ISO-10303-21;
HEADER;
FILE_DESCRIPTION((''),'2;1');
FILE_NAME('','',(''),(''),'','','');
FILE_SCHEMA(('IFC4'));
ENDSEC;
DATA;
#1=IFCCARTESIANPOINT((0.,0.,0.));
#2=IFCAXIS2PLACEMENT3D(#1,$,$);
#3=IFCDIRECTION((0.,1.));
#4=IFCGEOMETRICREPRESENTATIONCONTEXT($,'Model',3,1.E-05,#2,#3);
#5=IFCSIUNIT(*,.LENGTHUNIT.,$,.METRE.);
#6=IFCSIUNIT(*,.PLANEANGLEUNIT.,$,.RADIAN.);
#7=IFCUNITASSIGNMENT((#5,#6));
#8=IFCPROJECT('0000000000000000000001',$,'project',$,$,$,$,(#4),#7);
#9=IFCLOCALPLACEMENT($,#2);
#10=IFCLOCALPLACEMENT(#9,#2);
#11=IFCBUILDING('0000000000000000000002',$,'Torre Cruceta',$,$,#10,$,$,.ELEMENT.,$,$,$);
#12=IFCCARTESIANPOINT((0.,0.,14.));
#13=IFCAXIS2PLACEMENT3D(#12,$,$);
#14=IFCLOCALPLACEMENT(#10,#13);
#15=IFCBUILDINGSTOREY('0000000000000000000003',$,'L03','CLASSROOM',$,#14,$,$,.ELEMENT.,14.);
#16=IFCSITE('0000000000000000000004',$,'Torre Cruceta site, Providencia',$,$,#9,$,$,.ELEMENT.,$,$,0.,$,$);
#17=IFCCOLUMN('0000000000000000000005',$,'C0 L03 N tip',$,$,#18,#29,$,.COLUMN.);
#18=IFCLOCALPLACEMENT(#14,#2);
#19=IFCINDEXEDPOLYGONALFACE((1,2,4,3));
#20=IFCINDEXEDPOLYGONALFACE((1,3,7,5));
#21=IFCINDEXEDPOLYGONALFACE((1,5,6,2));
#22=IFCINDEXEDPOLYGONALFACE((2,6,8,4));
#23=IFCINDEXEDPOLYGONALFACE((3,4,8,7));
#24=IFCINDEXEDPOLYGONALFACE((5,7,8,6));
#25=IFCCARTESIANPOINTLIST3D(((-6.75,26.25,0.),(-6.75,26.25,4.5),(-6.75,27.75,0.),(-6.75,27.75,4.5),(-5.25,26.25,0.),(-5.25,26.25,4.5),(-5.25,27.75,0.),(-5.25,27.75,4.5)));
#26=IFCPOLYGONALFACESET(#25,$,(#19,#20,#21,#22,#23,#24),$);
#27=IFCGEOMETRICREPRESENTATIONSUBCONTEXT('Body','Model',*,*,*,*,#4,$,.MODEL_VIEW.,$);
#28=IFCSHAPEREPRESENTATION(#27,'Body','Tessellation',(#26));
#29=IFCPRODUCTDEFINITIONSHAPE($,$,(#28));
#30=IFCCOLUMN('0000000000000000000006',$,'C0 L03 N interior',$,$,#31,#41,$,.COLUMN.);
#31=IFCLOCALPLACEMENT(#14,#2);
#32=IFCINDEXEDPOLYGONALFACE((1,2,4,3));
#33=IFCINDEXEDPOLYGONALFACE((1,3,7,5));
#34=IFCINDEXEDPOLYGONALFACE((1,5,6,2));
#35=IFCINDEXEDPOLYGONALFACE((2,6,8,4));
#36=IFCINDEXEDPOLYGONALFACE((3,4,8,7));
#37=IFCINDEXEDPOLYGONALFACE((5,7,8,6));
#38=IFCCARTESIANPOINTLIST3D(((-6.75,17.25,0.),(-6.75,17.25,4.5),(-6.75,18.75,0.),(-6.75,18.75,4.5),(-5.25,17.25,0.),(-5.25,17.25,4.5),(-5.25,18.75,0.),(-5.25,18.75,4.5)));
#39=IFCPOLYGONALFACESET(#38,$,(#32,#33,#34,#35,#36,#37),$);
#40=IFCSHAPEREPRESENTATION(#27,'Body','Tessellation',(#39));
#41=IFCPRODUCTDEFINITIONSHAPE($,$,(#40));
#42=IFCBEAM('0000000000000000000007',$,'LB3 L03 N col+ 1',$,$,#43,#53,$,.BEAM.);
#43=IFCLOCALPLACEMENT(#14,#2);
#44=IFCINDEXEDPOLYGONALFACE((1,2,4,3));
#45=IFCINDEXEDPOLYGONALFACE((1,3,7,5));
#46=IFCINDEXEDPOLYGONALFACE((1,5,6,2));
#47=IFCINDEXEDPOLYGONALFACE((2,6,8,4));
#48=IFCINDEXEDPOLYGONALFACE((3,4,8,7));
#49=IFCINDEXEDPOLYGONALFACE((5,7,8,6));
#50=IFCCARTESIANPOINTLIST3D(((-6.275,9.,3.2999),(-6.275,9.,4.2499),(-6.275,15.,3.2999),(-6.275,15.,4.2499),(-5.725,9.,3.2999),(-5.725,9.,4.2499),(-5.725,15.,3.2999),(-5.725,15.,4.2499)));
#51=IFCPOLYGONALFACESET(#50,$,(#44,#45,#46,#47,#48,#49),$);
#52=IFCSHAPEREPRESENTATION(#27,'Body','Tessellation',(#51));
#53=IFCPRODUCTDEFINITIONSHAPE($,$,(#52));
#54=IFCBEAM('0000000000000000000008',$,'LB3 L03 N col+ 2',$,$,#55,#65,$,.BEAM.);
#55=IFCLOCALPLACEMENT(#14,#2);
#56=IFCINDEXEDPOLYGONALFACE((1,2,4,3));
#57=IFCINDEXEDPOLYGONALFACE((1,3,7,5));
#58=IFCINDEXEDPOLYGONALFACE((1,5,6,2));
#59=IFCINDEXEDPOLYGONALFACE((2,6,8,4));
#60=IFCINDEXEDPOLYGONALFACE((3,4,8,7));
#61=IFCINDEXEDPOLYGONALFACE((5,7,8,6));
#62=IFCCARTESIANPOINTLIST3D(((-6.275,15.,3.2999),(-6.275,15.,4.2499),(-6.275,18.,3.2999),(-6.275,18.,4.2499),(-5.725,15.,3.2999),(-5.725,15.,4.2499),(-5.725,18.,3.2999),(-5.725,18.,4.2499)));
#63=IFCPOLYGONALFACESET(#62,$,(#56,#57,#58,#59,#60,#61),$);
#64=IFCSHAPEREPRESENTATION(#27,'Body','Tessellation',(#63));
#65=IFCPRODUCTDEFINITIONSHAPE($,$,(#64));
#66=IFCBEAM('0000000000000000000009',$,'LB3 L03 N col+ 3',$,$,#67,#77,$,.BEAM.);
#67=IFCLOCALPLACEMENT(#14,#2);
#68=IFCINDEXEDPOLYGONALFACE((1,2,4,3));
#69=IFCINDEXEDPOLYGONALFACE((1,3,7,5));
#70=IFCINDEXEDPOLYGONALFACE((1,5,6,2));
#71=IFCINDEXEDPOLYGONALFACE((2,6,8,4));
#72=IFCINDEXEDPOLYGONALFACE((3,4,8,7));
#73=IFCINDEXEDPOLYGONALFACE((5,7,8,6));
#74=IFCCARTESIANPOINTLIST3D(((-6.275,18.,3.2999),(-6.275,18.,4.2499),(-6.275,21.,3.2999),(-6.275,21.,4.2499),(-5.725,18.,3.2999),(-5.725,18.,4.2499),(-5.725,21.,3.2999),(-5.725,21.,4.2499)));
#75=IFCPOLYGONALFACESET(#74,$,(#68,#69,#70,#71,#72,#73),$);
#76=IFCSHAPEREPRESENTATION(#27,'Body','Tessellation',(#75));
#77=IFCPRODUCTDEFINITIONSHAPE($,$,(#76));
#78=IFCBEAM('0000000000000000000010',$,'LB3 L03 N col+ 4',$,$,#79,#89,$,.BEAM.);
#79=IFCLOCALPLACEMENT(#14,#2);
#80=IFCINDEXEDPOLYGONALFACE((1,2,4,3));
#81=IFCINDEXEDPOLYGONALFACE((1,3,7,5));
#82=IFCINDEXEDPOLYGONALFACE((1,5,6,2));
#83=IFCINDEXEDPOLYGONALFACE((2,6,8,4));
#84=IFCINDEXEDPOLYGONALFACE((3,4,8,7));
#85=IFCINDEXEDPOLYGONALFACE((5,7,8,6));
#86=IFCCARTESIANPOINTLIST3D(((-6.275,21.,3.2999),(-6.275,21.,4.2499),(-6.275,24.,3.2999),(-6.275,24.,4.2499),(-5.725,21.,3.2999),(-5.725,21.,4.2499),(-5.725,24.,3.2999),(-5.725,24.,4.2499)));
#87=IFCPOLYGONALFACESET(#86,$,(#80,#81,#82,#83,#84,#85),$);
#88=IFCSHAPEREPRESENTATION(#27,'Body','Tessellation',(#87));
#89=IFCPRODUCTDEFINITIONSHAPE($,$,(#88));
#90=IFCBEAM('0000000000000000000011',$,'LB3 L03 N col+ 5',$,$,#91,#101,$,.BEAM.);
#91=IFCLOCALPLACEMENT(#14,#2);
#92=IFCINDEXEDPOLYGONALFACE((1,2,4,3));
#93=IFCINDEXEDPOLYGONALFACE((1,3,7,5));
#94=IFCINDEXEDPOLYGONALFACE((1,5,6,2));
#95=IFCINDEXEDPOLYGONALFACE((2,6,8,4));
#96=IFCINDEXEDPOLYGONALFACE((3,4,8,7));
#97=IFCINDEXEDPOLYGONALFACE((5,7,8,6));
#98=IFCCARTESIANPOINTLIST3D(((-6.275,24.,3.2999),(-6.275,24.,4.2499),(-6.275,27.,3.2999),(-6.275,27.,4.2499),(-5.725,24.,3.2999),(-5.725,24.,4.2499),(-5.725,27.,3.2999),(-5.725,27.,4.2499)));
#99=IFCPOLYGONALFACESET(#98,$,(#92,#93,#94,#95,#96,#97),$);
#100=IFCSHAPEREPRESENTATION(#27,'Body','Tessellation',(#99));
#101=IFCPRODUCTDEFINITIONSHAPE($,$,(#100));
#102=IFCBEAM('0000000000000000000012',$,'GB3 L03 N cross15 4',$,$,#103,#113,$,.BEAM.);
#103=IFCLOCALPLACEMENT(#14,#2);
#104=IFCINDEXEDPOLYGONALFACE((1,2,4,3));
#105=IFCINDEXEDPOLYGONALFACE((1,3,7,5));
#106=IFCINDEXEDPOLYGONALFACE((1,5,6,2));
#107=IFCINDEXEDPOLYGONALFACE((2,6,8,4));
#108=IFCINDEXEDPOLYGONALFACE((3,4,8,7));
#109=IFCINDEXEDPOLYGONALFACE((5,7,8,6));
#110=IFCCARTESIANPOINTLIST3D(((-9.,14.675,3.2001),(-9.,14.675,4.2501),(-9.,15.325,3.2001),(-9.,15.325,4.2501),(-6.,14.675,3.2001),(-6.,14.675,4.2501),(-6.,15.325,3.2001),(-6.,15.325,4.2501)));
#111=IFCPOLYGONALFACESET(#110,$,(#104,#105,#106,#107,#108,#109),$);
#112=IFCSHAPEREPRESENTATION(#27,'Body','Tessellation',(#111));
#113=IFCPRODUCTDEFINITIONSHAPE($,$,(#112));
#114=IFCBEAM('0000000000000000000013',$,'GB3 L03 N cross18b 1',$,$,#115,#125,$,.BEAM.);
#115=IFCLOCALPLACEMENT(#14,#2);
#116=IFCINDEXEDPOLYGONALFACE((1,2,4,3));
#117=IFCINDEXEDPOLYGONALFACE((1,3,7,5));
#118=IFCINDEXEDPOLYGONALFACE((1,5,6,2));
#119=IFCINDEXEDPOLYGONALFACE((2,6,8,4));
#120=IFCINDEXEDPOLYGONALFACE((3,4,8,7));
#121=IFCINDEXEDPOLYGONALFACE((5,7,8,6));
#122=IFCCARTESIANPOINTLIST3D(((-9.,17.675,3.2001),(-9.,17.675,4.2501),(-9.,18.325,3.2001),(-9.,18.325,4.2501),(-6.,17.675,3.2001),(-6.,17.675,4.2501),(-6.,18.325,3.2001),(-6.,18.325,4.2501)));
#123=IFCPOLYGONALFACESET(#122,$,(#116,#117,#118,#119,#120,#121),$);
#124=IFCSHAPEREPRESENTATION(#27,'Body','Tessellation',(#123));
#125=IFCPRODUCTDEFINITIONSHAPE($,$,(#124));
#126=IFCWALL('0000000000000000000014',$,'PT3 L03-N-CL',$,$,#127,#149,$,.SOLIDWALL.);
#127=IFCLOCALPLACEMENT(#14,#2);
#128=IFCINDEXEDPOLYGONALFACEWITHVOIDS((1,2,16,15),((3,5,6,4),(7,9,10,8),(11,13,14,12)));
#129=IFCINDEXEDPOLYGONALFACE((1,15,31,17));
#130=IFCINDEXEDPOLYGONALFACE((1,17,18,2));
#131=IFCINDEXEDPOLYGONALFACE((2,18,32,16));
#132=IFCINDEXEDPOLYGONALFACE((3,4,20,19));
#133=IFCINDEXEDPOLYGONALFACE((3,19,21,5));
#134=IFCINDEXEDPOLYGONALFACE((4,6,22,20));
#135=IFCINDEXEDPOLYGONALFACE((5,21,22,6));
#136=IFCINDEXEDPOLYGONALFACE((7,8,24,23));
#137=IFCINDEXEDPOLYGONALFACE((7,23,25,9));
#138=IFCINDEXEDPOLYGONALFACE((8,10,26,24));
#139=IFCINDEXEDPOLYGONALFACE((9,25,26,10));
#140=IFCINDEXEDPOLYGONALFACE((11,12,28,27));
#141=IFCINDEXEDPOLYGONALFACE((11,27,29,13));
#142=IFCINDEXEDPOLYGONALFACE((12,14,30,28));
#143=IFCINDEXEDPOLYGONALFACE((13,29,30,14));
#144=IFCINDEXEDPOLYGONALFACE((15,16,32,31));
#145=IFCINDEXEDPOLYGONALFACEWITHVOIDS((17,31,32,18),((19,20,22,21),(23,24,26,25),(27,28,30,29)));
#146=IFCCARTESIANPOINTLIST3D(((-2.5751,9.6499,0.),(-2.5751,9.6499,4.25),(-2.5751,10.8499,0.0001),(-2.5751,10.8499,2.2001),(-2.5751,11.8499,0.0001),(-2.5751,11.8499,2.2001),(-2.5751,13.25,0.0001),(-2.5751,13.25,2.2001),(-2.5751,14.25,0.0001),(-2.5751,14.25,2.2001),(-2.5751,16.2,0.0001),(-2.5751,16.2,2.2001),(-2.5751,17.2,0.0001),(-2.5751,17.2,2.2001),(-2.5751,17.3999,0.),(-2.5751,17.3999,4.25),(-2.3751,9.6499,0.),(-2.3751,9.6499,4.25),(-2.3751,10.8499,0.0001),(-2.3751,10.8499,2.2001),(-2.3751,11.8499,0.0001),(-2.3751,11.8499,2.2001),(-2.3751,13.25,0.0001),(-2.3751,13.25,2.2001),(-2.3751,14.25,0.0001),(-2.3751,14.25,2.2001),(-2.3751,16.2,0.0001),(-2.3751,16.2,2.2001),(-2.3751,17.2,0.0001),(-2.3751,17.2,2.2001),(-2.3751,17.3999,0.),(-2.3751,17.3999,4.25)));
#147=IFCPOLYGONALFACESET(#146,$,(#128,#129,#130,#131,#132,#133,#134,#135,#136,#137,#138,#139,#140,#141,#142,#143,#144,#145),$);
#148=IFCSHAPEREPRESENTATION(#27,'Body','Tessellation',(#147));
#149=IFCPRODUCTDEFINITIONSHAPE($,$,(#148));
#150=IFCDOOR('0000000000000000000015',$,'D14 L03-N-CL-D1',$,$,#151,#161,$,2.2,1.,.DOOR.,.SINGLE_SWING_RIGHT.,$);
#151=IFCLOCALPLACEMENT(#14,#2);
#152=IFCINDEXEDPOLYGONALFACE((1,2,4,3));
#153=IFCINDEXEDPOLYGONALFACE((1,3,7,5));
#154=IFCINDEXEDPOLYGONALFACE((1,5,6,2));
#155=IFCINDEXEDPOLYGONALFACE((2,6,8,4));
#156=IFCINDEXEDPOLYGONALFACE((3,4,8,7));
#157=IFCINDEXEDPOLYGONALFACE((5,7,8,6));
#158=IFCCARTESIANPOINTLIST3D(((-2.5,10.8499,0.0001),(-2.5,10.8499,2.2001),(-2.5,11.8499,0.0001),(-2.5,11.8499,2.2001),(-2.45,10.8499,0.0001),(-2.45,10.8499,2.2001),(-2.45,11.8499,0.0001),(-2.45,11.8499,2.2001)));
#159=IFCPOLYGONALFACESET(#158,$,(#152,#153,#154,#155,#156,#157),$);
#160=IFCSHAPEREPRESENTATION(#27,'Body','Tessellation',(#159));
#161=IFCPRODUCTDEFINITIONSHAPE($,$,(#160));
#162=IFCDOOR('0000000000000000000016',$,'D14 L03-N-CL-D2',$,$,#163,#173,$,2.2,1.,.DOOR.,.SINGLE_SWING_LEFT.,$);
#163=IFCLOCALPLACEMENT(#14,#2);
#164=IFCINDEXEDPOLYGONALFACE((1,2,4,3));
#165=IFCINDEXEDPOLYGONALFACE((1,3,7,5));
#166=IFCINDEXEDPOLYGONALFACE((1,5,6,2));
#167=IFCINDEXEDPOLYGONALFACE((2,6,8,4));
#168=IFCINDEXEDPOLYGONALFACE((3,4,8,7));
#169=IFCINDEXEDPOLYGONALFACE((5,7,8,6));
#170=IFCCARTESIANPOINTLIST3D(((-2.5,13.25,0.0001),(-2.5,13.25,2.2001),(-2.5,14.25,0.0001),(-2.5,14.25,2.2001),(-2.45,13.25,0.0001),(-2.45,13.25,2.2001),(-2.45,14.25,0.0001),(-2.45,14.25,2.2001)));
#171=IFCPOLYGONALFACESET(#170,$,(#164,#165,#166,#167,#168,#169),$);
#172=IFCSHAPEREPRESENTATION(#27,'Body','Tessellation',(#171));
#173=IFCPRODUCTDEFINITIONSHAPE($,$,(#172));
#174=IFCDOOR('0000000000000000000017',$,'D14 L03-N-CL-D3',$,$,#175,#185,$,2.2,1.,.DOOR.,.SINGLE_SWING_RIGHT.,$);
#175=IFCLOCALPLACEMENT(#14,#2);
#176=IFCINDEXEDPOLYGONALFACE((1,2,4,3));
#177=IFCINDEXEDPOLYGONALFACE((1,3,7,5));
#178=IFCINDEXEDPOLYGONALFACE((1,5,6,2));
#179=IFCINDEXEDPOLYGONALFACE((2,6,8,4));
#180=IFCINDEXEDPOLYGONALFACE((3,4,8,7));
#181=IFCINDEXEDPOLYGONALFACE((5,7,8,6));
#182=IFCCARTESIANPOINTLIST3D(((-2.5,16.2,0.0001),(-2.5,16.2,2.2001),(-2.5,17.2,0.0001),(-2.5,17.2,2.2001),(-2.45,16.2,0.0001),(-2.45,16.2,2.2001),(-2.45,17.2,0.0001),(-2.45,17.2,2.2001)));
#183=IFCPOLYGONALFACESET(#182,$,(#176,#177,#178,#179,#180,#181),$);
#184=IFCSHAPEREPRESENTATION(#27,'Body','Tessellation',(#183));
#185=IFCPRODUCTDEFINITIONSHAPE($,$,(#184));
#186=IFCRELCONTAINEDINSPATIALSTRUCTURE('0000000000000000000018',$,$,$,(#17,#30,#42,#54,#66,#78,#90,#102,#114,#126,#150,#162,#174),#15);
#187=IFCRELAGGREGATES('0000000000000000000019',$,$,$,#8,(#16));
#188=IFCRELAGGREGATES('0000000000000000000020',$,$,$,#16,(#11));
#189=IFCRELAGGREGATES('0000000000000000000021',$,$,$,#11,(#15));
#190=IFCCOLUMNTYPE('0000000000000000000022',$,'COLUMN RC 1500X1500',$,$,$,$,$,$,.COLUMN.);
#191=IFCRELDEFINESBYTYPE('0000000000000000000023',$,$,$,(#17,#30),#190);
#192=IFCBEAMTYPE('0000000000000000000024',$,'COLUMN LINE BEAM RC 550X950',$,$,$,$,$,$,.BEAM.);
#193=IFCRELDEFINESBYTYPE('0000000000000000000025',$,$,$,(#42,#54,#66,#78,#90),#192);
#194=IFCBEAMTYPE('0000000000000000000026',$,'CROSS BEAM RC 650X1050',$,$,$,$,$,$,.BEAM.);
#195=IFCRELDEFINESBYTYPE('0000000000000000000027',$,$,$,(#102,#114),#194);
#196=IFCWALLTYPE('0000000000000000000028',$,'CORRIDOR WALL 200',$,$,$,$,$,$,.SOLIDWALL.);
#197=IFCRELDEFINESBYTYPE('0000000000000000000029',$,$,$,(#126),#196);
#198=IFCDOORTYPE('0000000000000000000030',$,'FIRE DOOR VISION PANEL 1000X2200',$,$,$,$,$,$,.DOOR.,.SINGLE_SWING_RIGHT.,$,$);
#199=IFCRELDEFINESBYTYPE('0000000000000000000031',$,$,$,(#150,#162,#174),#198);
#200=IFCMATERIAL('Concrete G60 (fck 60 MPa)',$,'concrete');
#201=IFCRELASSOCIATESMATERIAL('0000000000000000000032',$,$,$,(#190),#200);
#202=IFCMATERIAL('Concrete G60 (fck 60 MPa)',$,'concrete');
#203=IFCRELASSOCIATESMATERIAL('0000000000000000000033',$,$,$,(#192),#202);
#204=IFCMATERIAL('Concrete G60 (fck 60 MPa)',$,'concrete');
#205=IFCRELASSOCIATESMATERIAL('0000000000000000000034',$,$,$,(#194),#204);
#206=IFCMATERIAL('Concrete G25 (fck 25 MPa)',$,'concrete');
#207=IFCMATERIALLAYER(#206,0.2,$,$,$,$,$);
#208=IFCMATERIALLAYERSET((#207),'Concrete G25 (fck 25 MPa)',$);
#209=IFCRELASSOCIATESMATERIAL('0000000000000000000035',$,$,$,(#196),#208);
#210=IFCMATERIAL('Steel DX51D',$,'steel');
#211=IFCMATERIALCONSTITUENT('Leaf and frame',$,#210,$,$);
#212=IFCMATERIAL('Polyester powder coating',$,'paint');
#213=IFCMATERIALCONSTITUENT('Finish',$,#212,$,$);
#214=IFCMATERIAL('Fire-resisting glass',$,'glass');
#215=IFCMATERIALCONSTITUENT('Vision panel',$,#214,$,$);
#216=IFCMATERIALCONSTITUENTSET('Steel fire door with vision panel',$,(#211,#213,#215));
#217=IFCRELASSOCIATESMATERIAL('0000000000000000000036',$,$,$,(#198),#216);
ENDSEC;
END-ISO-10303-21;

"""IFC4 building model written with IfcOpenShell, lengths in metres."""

from ifc_helpers import new_model, si_unit, direction, frame, frame_2d, origin, origin_2d, place, context, subcontext, project, spatial, rectangle, extrude, material, layer, layer_set, constituent, constituent_set, material_profile, profile_set, type_object, element, fill, save


model = new_model("IFC4")

# Units and contexts
model_context = context("Model", 3, precision=1e-05, world=origin(), true_north=direction((0.0, 1.0)))
body_context = subcontext(model_context, "Body", "Model", "MODEL_VIEW")
ifc_project = project(units=[si_unit("LENGTHUNIT", "METRE"), si_unit("PLANEANGLEUNIT", "RADIAN")], contexts=[model_context])

# Site, building, storey
site_placement = place(None, origin())
site = spatial("IfcSite", under=ifc_project, at=site_placement, Name="Torre Cruceta site, Providencia", CompositionType="ELEMENT", RefElevation=0.0)
building_placement = place(site_placement, origin())
building = spatial("IfcBuilding", under=site, at=building_placement, Name="Torre Cruceta", CompositionType="ELEMENT")
storey_placement = place(building_placement, frame((0.0, 0.0, 14.0)))
storey = spatial("IfcBuildingStorey", under=building, at=storey_placement, Name="L03", Description="CLASSROOM", CompositionType="ELEMENT", Elevation=14.0)

# Columns
ifc_material_1 = material(Name="Concrete G60 (fck 60 MPa)", Category="concrete")
ifc_material_profile_1 = material_profile(ifc_material_1, rectangle(XDim=1.5, YDim=1.5, at=origin_2d()), Name="RC 1500X1500")
ifc_profile_set_1 = profile_set([ifc_material_profile_1], Name="Concrete G60 (fck 60 MPa)")
column_type = type_object("IfcColumnType", Name="COLUMN RC 1500X1500", PredefinedType="COLUMN", material=ifc_profile_set_1)
for number, where, z_axis, x_axis, name in (
    (1, (-6.0, 27.0, 0.0), (0.0, 0.0, 1.0), (1.0, 0.0, 0.0), "C0 L03 N tip"),
    (2, (-6.0, 18.0, 0.0), (0.0, 0.0, 1.0), (1.0, 0.0, 0.0), "C0 L03 N interior"),
):
    element("IfcColumn", number, at=place(storey_placement, frame(where, z_axis=z_axis, x_axis=x_axis)), inside=storey, type_object=column_type, Name=name, PredefinedType="COLUMN", context=body_context, shape_type="SweptSolid", body=[
        extrude(rectangle(XDim=1.5, YDim=1.5, at=origin_2d()), origin(), (0.0, 0.0, 1.0), 4.5),
    ])

# Beams
ifc_material_2 = material(Name="Concrete G60 (fck 60 MPa)", Category="concrete")
ifc_material_profile_2 = material_profile(ifc_material_2, rectangle(XDim=0.55, YDim=0.95, at=origin_2d()), Name="RC 550X950")
ifc_profile_set_2 = profile_set([ifc_material_profile_2], Name="Concrete G60 (fck 60 MPa)")
beam_type_1 = type_object("IfcBeamType", Name="COLUMN LINE BEAM RC 550X950", PredefinedType="BEAM", material=ifc_profile_set_2)
beam_placement = place(storey_placement, frame((-6.0, 9.0, 3.7749), z_axis=(0.0, 1.0, 0.0), x_axis=(-1.0, 0.0, 0.0)))
element("IfcBeam", 3, at=beam_placement, inside=storey, type_object=beam_type_1, Name="LB3 L03 N col+ 1", PredefinedType="BEAM", context=body_context, shape_type="SweptSolid", body=[
    extrude(rectangle(XDim=0.55, YDim=0.95, at=origin_2d()), origin(), (0.0, 0.0, 1.0), 6.0),
])
for number, where, z_axis, x_axis, name in (
    (4, (-6.0, 15.0, 3.7749), (0.0, 1.0, 0.0), (-1.0, 0.0, 0.0), "LB3 L03 N col+ 2"),
    (5, (-6.0, 18.0, 3.7749), (0.0, 1.0, 0.0), (-1.0, 0.0, 0.0), "LB3 L03 N col+ 3"),
    (6, (-6.0, 21.0, 3.7749), (0.0, 1.0, 0.0), (-1.0, 0.0, 0.0), "LB3 L03 N col+ 4"),
    (7, (-6.0, 24.0, 3.7749), (0.0, 1.0, 0.0), (-1.0, 0.0, 0.0), "LB3 L03 N col+ 5"),
):
    element("IfcBeam", number, at=place(storey_placement, frame(where, z_axis=z_axis, x_axis=x_axis)), inside=storey, type_object=beam_type_1, Name=name, PredefinedType="BEAM", context=body_context, shape_type="SweptSolid", body=[
        extrude(rectangle(XDim=0.55, YDim=0.95, at=origin_2d()), origin(), (0.0, 0.0, 1.0), 3.0),
    ])
ifc_material_3 = material(Name="Concrete G60 (fck 60 MPa)", Category="concrete")
ifc_material_profile_3 = material_profile(ifc_material_3, rectangle(XDim=0.6499, YDim=1.05, at=origin_2d()), Name="RC 650X1050")
ifc_profile_set_3 = profile_set([ifc_material_profile_3], Name="Concrete G60 (fck 60 MPa)")
beam_type_2 = type_object("IfcBeamType", Name="CROSS BEAM RC 650X1050", PredefinedType="BEAM", material=ifc_profile_set_3)
for number, where, z_axis, x_axis, name in (
    (8, (-6.0, 15.0, 3.7251), (-1.0, 0.0, 0.0), (0.0, -1.0, 0.0), "GB3 L03 N cross15 4"),
    (9, (-6.0, 18.0, 3.7251), (-1.0, 0.0, 0.0), (0.0, -1.0, 0.0), "GB3 L03 N cross18b 1"),
):
    element("IfcBeam", number, at=place(storey_placement, frame(where, z_axis=z_axis, x_axis=x_axis)), inside=storey, type_object=beam_type_2, Name=name, PredefinedType="BEAM", context=body_context, shape_type="SweptSolid", body=[
        extrude(rectangle(XDim=0.6499, YDim=1.05, at=origin_2d()), origin(), (0.0, 0.0, 1.0), 3.0),
    ])

# Wall, openings, doors
ifc_material_4 = material(Name="Concrete G25 (fck 25 MPa)", Category="concrete")
ifc_layer_1 = layer(ifc_material_4, 0.2)
ifc_layer_set_1 = layer_set([ifc_layer_1], Name="Concrete G25 (fck 25 MPa)")
wall_type_1 = type_object("IfcWallType", Name="CORRIDOR WALL 200", PredefinedType="SOLIDWALL", material=ifc_layer_set_1)
wall_1_placement = place(storey_placement, frame((-2.4751, 9.6499, 0.0), z_axis=(0.0, 0.0, 1.0), x_axis=(0.0, 1.0, 0.0)))
wall_1 = element("IfcWall", 10, at=wall_1_placement, inside=storey, type_object=wall_type_1, Name="PT3 L03-N-CL", PredefinedType="SOLIDWALL", context=body_context, shape_type="SweptSolid", body=[
    extrude(rectangle(XDim=7.75, YDim=0.2, at=frame_2d((3.875, 0.0))), origin(), (0.0, 0.0, 1.0), 4.25),
])
opening_1_placement = place(wall_1_placement, frame((1.2, 0.0, 0.0)))
opening_1 = element("IfcOpeningElement", 11, at=opening_1_placement, cuts=wall_1, PredefinedType="OPENING", context=body_context, shape_type="SweptSolid", body=[
    extrude(rectangle(XDim=1.0, YDim=2.2, at=frame_2d((0.5, 1.1001))), frame((0.0, 0.1099, 0.0), z_axis=(0.0, -1.0, 0.0), x_axis=(1.0, 0.0, 0.0)), (0.0, 0.0, 1.0), 0.22),
])
opening_2_placement = place(wall_1_placement, frame((3.6001, 0.0, 0.0)))
opening_2 = element("IfcOpeningElement", 12, at=opening_2_placement, cuts=wall_1, PredefinedType="OPENING", context=body_context, shape_type="SweptSolid", body=[
    extrude(rectangle(XDim=1.0, YDim=2.2, at=frame_2d((0.5, 1.1001))), frame((0.0, 0.1099, 0.0), z_axis=(0.0, -1.0, 0.0), x_axis=(1.0, 0.0, 0.0)), (0.0, 0.0, 1.0), 0.22),
])
opening_3_placement = place(wall_1_placement, frame((6.55, 0.0, 0.0)))
opening_3 = element("IfcOpeningElement", 13, at=opening_3_placement, cuts=wall_1, PredefinedType="OPENING", context=body_context, shape_type="SweptSolid", body=[
    extrude(rectangle(XDim=1.0, YDim=2.2, at=frame_2d((0.5, 1.1001))), frame((0.0, 0.1099, 0.0), z_axis=(0.0, -1.0, 0.0), x_axis=(1.0, 0.0, 0.0)), (0.0, 0.0, 1.0), 0.22),
])
ifc_material_5 = material(Name="Steel DX51D", Category="steel")
ifc_constituent_1 = constituent(ifc_material_5, Name="Leaf and frame")
ifc_material_6 = material(Name="Polyester powder coating", Category="paint")
ifc_constituent_2 = constituent(ifc_material_6, Name="Finish")
ifc_material_7 = material(Name="Fire-resisting glass", Category="glass")
ifc_constituent_3 = constituent(ifc_material_7, Name="Vision panel")
ifc_constituent_set_1 = constituent_set(constituents=[ifc_constituent_1, ifc_constituent_2, ifc_constituent_3], Name="Steel fire door with vision panel")
door_type_1 = type_object("IfcDoorType", Name="FIRE DOOR VISION PANEL 1000X2200", OperationType="SINGLE_SWING_RIGHT", PredefinedType="DOOR", material=ifc_constituent_set_1)
door_1_placement = place(opening_1_placement, origin())
door_1 = element("IfcDoor", 14, at=door_1_placement, inside=storey, type_object=door_type_1, Name="D14 L03-N-CL-D1", OperationType="SINGLE_SWING_RIGHT", OverallHeight=2.2, OverallWidth=1.0, PredefinedType="DOOR", context=body_context, shape_type="SweptSolid", body=[
    extrude(rectangle(XDim=1.0, YDim=2.2, at=frame_2d((0.5, 1.1001))), frame((0.0, 0.0249, 0.0), z_axis=(0.0, -1.0, 0.0), x_axis=(1.0, 0.0, 0.0)), (0.0, 0.0, 1.0), 0.05),
])
fill(opening_1, door_1)
door_2_placement = place(opening_2_placement, origin())
door_2 = element("IfcDoor", 15, at=door_2_placement, inside=storey, type_object=door_type_1, Name="D14 L03-N-CL-D2", OperationType="SINGLE_SWING_LEFT", OverallHeight=2.2, OverallWidth=1.0, PredefinedType="DOOR", context=body_context, shape_type="SweptSolid", body=[
    extrude(rectangle(XDim=1.0, YDim=2.2, at=frame_2d((0.5, 1.1001))), frame((0.0, 0.0249, 0.0), z_axis=(0.0, -1.0, 0.0), x_axis=(1.0, 0.0, 0.0)), (0.0, 0.0, 1.0), 0.05),
])
fill(opening_2, door_2)
door_3_placement = place(opening_3_placement, origin())
door_3 = element("IfcDoor", 16, at=door_3_placement, inside=storey, type_object=door_type_1, Name="D14 L03-N-CL-D3", OperationType="SINGLE_SWING_RIGHT", OverallHeight=2.2, OverallWidth=1.0, PredefinedType="DOOR", context=body_context, shape_type="SweptSolid", body=[
    extrude(rectangle(XDim=1.0, YDim=2.2, at=frame_2d((0.5, 1.1001))), frame((0.0, 0.0249, 0.0), z_axis=(0.0, -1.0, 0.0), x_axis=(1.0, 0.0, 0.0)), (0.0, 0.0, 1.0), 0.05),
])
fill(opening_3, door_3)

save(model, "model.ifc")
